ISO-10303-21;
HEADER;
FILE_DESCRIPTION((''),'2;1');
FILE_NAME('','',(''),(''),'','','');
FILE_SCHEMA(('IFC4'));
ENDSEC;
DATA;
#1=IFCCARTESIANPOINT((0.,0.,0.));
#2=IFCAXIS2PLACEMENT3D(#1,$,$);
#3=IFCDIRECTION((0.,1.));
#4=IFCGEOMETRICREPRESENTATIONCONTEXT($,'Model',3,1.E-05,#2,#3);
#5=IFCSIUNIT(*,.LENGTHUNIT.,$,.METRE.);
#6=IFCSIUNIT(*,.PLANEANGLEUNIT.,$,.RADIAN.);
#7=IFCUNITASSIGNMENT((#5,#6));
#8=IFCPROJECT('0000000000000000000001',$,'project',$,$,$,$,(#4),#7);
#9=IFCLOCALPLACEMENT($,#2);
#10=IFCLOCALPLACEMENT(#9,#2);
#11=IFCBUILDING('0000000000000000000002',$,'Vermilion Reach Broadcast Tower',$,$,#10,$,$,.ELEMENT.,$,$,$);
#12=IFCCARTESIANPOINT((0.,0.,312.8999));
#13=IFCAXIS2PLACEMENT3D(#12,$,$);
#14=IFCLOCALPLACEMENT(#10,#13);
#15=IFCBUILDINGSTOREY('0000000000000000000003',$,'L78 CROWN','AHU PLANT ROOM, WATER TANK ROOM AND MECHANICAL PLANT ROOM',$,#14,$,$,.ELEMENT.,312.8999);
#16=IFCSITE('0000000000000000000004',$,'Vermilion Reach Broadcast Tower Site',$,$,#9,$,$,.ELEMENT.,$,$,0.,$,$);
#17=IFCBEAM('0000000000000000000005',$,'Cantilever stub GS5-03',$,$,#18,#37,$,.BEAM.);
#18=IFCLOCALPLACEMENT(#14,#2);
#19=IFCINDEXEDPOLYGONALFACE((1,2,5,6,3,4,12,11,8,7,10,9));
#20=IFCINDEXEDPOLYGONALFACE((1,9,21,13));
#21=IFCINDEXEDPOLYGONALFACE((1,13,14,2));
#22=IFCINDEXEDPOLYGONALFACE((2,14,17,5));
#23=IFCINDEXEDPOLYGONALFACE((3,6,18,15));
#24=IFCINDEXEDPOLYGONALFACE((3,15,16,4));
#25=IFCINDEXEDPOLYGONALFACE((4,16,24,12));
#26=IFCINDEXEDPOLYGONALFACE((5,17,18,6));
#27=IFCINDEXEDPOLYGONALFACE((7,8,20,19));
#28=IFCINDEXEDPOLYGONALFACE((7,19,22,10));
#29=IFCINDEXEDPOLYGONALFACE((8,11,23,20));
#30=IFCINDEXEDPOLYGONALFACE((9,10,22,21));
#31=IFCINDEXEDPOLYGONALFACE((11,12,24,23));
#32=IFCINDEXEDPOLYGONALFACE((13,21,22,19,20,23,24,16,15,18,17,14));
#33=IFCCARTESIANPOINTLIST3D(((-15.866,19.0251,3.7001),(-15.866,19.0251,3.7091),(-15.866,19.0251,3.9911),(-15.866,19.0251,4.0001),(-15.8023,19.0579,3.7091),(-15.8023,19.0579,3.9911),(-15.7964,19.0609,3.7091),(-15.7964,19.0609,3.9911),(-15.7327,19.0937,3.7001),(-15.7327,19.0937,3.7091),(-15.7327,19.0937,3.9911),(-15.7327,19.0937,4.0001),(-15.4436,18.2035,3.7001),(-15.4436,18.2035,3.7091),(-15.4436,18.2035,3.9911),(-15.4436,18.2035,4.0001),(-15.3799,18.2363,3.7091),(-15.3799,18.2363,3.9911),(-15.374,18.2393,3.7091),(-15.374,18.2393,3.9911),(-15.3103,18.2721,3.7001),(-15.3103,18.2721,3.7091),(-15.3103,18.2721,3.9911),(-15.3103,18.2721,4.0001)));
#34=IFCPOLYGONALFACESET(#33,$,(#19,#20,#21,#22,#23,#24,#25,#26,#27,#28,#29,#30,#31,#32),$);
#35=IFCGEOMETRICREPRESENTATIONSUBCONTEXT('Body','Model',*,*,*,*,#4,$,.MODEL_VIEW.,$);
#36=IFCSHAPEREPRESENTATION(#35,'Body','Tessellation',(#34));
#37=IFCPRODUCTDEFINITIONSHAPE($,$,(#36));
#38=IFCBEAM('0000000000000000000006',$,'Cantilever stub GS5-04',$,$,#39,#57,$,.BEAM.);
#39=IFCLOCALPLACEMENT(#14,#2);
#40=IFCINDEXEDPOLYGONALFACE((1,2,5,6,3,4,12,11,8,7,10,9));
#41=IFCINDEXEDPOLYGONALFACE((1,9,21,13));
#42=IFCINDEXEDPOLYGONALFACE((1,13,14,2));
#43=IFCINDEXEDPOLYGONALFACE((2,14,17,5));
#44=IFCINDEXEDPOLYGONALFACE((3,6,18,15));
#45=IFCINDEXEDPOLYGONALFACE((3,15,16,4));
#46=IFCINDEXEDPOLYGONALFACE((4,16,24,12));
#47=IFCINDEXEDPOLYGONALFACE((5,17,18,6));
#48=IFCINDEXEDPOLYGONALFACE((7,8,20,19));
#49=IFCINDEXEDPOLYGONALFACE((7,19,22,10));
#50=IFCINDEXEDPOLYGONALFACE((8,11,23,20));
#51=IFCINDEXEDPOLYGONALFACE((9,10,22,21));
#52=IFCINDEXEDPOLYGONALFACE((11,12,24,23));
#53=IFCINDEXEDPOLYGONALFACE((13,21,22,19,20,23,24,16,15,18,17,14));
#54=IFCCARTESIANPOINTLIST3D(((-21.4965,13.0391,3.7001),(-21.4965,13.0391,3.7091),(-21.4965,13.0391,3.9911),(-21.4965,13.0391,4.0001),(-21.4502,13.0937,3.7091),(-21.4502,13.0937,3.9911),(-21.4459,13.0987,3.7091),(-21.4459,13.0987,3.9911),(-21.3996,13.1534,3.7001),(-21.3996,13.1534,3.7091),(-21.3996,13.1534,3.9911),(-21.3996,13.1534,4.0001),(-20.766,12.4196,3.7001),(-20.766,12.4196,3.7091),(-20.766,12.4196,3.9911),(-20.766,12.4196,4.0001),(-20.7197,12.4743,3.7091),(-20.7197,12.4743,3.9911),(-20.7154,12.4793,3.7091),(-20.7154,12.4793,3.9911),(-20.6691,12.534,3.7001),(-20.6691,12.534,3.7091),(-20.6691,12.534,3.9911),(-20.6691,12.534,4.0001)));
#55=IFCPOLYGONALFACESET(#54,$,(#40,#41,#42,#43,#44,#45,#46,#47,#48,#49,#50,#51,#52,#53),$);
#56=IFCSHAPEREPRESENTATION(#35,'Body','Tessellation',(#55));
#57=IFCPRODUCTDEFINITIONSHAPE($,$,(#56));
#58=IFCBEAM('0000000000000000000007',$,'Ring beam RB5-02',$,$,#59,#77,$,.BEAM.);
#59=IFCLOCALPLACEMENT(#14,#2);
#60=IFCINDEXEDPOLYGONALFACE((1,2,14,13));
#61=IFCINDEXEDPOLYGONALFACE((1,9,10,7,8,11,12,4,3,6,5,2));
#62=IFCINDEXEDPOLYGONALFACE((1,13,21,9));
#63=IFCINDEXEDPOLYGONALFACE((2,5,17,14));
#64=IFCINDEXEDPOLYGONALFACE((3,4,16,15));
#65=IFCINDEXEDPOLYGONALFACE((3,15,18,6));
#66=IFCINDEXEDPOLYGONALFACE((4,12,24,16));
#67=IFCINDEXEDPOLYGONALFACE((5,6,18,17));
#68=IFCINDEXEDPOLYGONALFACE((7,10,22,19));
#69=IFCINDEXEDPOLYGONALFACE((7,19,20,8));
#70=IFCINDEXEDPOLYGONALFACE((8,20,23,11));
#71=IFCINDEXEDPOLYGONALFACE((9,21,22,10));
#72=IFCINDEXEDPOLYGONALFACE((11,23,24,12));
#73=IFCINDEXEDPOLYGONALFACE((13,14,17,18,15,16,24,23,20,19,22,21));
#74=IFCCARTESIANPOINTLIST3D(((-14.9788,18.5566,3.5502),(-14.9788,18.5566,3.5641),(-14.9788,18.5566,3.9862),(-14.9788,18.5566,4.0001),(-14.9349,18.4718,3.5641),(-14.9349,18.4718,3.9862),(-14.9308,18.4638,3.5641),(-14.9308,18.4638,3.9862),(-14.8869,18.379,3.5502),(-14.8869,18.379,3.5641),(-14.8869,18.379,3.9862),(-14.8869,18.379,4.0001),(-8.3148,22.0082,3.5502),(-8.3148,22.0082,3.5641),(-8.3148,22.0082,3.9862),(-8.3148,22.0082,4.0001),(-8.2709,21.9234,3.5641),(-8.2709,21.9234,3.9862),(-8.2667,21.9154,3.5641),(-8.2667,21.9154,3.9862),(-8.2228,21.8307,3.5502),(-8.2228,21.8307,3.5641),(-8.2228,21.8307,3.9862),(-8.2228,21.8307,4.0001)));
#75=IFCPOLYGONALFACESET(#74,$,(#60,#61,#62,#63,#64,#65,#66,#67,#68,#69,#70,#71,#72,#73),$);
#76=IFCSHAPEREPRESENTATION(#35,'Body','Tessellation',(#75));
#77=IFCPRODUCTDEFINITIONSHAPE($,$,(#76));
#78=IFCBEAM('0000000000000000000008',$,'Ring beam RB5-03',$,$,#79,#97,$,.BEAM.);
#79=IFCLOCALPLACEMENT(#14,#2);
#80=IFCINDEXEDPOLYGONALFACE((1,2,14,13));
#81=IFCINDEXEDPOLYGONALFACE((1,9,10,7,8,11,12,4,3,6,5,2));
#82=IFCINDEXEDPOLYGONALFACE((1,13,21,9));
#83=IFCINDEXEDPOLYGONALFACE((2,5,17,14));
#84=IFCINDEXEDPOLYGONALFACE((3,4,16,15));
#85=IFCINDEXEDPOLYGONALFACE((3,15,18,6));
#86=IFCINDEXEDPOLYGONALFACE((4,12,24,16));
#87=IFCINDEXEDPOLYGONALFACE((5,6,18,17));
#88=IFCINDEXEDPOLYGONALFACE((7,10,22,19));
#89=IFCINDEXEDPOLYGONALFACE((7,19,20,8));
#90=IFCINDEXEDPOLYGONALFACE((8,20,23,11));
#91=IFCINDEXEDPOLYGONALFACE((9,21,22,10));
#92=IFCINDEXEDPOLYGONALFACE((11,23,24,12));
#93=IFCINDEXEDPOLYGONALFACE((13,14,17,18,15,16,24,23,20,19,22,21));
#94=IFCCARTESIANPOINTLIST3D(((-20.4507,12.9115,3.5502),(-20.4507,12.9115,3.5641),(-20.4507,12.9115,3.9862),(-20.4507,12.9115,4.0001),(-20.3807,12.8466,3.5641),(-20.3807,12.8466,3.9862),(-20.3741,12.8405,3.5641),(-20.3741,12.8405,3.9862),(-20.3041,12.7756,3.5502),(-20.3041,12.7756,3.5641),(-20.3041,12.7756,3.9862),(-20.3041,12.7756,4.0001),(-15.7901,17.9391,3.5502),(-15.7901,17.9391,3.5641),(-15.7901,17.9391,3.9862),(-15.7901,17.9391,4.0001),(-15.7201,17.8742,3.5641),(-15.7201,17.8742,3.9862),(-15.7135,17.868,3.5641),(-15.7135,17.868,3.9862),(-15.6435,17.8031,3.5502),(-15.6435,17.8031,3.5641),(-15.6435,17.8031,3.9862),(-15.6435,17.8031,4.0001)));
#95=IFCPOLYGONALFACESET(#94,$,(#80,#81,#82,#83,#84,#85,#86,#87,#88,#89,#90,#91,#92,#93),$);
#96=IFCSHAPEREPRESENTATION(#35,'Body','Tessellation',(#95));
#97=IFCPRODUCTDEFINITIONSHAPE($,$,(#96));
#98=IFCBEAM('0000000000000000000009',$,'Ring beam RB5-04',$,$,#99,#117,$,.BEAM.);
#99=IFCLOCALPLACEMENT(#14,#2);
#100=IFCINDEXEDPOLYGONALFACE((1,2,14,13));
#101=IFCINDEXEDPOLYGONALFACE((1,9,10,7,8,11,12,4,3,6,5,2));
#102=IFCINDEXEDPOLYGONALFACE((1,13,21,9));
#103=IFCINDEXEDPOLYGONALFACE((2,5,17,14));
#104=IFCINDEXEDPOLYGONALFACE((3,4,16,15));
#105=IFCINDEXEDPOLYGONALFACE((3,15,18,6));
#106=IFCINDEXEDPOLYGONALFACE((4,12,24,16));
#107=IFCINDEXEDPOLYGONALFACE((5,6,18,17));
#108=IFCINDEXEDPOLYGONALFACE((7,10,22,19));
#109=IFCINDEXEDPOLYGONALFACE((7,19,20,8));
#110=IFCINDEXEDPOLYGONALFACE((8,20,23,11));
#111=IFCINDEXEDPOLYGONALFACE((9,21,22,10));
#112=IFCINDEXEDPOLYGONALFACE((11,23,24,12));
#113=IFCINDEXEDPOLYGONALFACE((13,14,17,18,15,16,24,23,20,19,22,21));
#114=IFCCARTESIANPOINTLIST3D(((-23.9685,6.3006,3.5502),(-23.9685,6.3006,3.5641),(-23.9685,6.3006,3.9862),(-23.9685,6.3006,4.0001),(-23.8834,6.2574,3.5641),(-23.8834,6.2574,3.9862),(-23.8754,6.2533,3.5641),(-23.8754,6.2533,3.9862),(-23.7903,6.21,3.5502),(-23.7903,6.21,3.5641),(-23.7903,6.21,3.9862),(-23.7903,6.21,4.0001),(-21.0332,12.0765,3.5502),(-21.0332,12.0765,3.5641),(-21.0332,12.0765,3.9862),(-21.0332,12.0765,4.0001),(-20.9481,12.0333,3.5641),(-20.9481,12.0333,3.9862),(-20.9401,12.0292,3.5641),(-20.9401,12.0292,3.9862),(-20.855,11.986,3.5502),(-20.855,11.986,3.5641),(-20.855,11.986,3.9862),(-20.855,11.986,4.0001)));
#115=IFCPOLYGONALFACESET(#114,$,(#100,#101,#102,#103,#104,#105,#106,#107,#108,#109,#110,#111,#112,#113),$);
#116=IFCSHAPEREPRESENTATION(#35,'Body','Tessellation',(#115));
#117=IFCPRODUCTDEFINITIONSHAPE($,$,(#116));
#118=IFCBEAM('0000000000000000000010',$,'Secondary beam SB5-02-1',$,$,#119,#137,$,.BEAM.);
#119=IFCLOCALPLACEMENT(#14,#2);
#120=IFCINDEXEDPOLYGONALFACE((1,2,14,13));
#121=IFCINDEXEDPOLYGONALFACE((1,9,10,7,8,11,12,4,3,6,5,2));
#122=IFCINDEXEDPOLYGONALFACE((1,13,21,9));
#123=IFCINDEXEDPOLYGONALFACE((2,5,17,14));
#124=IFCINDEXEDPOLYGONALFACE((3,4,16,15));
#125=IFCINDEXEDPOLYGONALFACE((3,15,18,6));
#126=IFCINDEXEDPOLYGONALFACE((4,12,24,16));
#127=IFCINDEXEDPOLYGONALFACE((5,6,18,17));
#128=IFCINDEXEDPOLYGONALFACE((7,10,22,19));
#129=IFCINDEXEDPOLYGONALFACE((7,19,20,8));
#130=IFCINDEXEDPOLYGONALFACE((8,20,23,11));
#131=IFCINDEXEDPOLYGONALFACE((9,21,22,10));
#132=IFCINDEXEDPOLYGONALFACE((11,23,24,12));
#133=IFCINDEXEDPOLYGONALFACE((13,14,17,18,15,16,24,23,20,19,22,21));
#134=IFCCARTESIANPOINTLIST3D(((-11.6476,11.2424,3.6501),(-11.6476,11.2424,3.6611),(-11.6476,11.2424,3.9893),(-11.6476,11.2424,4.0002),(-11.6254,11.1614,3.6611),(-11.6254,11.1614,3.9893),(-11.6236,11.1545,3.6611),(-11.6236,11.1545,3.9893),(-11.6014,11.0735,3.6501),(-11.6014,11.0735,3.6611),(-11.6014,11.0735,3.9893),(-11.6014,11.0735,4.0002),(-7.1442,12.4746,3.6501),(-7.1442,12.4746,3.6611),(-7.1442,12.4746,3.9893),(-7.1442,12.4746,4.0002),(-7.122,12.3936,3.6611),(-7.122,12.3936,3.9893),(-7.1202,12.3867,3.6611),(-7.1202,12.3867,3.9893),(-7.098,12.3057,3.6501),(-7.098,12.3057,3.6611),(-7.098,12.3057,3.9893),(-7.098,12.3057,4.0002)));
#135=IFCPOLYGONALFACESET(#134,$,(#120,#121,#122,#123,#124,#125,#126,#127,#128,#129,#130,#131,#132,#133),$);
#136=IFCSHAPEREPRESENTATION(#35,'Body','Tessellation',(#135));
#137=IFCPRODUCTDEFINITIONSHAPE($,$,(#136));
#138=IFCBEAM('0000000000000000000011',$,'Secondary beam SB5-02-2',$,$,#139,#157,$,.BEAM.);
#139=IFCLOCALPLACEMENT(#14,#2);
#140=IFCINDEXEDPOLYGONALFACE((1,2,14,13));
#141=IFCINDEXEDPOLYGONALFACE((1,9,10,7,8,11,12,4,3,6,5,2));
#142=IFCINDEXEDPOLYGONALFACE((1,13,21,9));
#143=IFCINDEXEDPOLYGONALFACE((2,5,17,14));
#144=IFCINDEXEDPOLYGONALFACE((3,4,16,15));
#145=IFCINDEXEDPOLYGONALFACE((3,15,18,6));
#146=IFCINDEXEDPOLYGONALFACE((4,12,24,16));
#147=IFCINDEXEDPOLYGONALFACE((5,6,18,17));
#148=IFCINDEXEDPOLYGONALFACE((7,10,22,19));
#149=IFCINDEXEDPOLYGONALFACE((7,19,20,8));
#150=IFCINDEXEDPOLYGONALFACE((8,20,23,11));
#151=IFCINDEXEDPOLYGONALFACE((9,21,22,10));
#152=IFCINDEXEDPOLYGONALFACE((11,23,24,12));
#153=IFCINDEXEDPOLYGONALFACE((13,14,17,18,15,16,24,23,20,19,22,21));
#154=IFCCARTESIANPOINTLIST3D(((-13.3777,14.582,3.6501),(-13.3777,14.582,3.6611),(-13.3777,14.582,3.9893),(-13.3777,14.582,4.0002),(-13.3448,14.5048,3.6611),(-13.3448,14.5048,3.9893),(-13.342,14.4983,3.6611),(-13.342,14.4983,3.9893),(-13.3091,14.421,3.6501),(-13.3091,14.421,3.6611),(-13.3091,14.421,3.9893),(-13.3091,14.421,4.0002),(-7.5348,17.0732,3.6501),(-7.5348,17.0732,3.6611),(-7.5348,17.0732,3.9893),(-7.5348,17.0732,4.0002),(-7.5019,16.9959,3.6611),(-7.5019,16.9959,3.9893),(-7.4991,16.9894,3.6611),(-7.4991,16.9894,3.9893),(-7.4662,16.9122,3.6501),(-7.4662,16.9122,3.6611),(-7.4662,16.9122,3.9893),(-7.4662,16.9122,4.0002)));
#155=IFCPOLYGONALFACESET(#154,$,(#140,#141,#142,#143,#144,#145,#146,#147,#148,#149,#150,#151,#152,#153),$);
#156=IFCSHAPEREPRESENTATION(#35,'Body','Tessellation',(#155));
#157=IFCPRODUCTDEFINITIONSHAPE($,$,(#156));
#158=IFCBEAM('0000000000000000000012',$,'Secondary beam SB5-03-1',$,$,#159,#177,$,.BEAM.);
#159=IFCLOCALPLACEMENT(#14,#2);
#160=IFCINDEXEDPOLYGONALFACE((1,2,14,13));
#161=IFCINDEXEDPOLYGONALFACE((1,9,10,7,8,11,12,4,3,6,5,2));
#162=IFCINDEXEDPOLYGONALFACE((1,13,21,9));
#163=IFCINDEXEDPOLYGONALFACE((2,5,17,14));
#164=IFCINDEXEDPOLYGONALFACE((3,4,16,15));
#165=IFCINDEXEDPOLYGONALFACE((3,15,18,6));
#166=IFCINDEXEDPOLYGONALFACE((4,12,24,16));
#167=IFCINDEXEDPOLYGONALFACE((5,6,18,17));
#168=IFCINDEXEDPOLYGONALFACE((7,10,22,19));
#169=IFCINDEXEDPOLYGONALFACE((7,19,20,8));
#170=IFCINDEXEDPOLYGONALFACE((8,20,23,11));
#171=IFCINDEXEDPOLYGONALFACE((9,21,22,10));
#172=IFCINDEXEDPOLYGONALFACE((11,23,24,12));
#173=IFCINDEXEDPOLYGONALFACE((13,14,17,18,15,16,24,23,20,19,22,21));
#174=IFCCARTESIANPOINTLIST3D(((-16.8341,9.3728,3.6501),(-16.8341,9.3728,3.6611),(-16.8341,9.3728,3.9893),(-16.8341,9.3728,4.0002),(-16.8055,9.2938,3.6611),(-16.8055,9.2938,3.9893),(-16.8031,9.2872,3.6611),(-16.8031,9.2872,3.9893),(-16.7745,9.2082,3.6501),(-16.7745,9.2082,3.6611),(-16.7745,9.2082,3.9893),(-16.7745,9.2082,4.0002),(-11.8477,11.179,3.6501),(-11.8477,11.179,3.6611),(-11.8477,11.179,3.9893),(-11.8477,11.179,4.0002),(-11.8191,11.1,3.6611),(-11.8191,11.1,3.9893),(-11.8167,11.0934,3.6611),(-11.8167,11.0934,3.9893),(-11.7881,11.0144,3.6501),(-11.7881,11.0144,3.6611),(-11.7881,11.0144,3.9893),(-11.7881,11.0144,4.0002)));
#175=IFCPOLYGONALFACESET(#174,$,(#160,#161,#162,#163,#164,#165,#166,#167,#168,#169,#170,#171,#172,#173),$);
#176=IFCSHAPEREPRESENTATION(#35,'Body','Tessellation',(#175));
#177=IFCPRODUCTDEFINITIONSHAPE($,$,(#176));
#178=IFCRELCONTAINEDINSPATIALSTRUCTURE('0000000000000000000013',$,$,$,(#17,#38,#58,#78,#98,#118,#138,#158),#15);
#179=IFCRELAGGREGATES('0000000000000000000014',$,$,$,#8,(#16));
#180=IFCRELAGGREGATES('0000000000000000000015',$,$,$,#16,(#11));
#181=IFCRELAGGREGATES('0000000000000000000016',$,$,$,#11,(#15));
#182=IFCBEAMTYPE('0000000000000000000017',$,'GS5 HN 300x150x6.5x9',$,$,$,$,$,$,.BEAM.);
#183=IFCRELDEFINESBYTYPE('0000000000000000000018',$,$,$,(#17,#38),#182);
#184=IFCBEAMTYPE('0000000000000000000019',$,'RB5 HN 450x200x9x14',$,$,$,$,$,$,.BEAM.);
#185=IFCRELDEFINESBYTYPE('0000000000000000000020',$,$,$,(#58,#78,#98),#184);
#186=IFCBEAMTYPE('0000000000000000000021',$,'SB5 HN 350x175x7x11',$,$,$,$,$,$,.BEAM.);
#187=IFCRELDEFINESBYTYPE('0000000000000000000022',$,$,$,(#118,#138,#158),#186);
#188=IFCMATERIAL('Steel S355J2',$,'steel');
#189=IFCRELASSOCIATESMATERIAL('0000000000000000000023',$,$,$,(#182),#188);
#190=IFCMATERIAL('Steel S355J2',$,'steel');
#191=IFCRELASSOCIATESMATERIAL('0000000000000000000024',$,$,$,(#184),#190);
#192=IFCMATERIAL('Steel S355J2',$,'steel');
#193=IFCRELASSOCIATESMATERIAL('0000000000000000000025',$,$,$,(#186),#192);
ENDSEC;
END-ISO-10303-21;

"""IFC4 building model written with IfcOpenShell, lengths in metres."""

from ifc_helpers import new_model, si_unit, direction, frame, origin, origin_2d, place, context, subcontext, project, spatial, i_section, extrude, material, material_profile, profile_set, type_object, element, save


model = new_model("IFC4")

# Units and contexts
model_context = context("Model", 3, precision=1e-05, world=origin(), true_north=direction((0.0, 1.0)))
body_context = subcontext(model_context, "Body", "Model", "MODEL_VIEW")
ifc_project = project(units=[si_unit("LENGTHUNIT", "METRE"), si_unit("PLANEANGLEUNIT", "RADIAN")], contexts=[model_context])

# Site, building, storey
site_placement = place(None, origin())
site = spatial("IfcSite", under=ifc_project, at=site_placement, Name="Vermilion Reach Broadcast Tower Site", CompositionType="ELEMENT", RefElevation=0.0)
building_placement = place(site_placement, origin())
building = spatial("IfcBuilding", under=site, at=building_placement, Name="Vermilion Reach Broadcast Tower", CompositionType="ELEMENT")
storey_placement = place(building_placement, frame((0.0, 0.0, 312.8999)))
storey = spatial("IfcBuildingStorey", under=building, at=storey_placement, Name="L78 CROWN", Description="AHU PLANT ROOM, WATER TANK ROOM AND MECHANICAL PLANT ROOM", CompositionType="ELEMENT", Elevation=312.8999)

# Beams
ifc_material_1 = material(Name="Steel S355J2", Category="steel")
ifc_material_profile_1 = material_profile(ifc_material_1, i_section(OverallWidth=0.1499, OverallDepth=0.3, WebThickness=0.0066, FlangeThickness=0.009, at=origin_2d()), Name="S355J2 HN 300x150x6.5x9")
ifc_profile_set_1 = profile_set([ifc_material_profile_1], Name="Steel S355J2")
beam_type_1 = type_object("IfcBeamType", Name="GS5 HN 300x150x6.5x9", PredefinedType="BEAM", material=ifc_profile_set_1)
beam_1_placement = place(storey_placement, frame((-15.377, 18.2378, 3.8501), z_axis=(-0.457229, 0.889349, 0.0), x_axis=(-0.889349, -0.457229, 0.0)))
element("IfcBeam", 1, at=beam_1_placement, inside=storey, type_object=beam_type_1, Name="Cantilever stub GS5-03", PredefinedType="BEAM", context=body_context, shape_type="SweptSolid", body=[
    extrude(i_section(OverallWidth=0.1499, OverallDepth=0.3, WebThickness=0.0066, FlangeThickness=0.009, at=origin_2d()), origin(), (0.0, 0.0, 1.0), 0.9238),
])
beam_2_placement = place(storey_placement, frame((-20.7175, 12.4768, 3.8501), z_axis=(-0.762719, 0.64673, 0.0), x_axis=(-0.64673, -0.762719, 0.0)))
element("IfcBeam", 2, at=beam_2_placement, inside=storey, type_object=beam_type_1, Name="Cantilever stub GS5-04", PredefinedType="BEAM", context=body_context, shape_type="SweptSolid", body=[
    extrude(i_section(OverallWidth=0.1499, OverallDepth=0.3, WebThickness=0.0066, FlangeThickness=0.009, at=origin_2d()), origin(), (0.0, 0.0, 1.0), 0.9578),
])
ifc_material_2 = material(Name="Steel S355J2", Category="steel")
ifc_material_profile_2 = material_profile(ifc_material_2, i_section(OverallWidth=0.2, OverallDepth=0.45, WebThickness=0.009, FlangeThickness=0.0139, at=origin_2d()), Name="S355J2 HN 450x200x9x14")
ifc_profile_set_2 = profile_set([ifc_material_profile_2], Name="Steel S355J2")
beam_type_2 = type_object("IfcBeamType", Name="RB5 HN 450x200x9x14", PredefinedType="BEAM", material=ifc_profile_set_2)
beam_3_placement = place(storey_placement, frame((-8.2688, 21.9194, 3.7751), z_axis=(-0.88796, -0.45992, 0.0), x_axis=(0.45992, -0.88796, 0.0)))
element("IfcBeam", 3, at=beam_3_placement, inside=storey, type_object=beam_type_2, Name="Ring beam RB5-02", PredefinedType="BEAM", context=body_context, shape_type="SweptSolid", body=[
    extrude(i_section(OverallWidth=0.2, OverallDepth=0.45, WebThickness=0.009, FlangeThickness=0.0139, at=origin_2d()), origin(), (0.0, 0.0, 1.0), 7.5049),
])
beam_4_placement = place(storey_placement, frame((-15.7168, 17.8711, 3.7751), z_axis=(-0.679838, -0.733363, 0.0), x_axis=(0.733363, -0.679838, 0.0)))
element("IfcBeam", 4, at=beam_4_placement, inside=storey, type_object=beam_type_2, Name="Ring beam RB5-03", PredefinedType="BEAM", context=body_context, shape_type="SweptSolid", body=[
    extrude(i_section(OverallWidth=0.2, OverallDepth=0.45, WebThickness=0.009, FlangeThickness=0.0139, at=origin_2d()), origin(), (0.0, 0.0, 1.0), 6.8555),
])
beam_5_placement = place(storey_placement, frame((-20.9441, 12.0312, 3.7751), z_axis=(-0.453052, -0.891484, 0.0), x_axis=(0.891484, -0.453052, 0.0)))
element("IfcBeam", 5, at=beam_5_placement, inside=storey, type_object=beam_type_2, Name="Ring beam RB5-04", PredefinedType="BEAM", context=body_context, shape_type="SweptSolid", body=[
    extrude(i_section(OverallWidth=0.2, OverallDepth=0.45, WebThickness=0.009, FlangeThickness=0.0139, at=origin_2d()), origin(), (0.0, 0.0, 1.0), 6.479),
])
ifc_material_3 = material(Name="Steel S355J2", Category="steel")
ifc_material_profile_3 = material_profile(ifc_material_3, i_section(OverallWidth=0.175, OverallDepth=0.3501, WebThickness=0.0071, FlangeThickness=0.011, at=origin_2d()), Name="S355J2 HN 350x175x7x11")
ifc_profile_set_3 = profile_set([ifc_material_profile_3], Name="Steel S355J2")
beam_type_3 = type_object("IfcBeamType", Name="SB5 HN 350x175x7x11", PredefinedType="BEAM", material=ifc_profile_set_3)
beam_6_placement = place(storey_placement, frame((-7.1211, 12.3901, 3.8252), z_axis=(-0.964547, -0.263909, 0.0), x_axis=(0.263909, -0.964547, 0.0)))
element("IfcBeam", 6, at=beam_6_placement, inside=storey, type_object=beam_type_3, Name="Secondary beam SB5-02-1", PredefinedType="BEAM", context=body_context, shape_type="SweptSolid", body=[
    extrude(i_section(OverallWidth=0.175, OverallDepth=0.3501, WebThickness=0.0071, FlangeThickness=0.011, at=origin_2d()), origin(), (0.0, 0.0, 1.0), 4.6689),
])
beam_7_placement = place(storey_placement, frame((-7.5005, 16.9927, 3.8252), z_axis=(-0.919881, -0.392198, 0.0), x_axis=(0.392198, -0.919881, 0.0)))
element("IfcBeam", 7, at=beam_7_placement, inside=storey, type_object=beam_type_3, Name="Secondary beam SB5-02-2", PredefinedType="BEAM", context=body_context, shape_type="SweptSolid", body=[
    extrude(i_section(OverallWidth=0.175, OverallDepth=0.3501, WebThickness=0.0071, FlangeThickness=0.011, at=origin_2d()), origin(), (0.0, 0.0, 1.0), 6.3518),
])
beam_8_placement = place(storey_placement, frame((-11.8179, 11.0967, 3.8252), z_axis=(-0.94022, -0.340567, 0.0), x_axis=(0.340567, -0.94022, 0.0)))
element("IfcBeam", 8, at=beam_8_placement, inside=storey, type_object=beam_type_3, Name="Secondary beam SB5-03-1", PredefinedType="BEAM", context=body_context, shape_type="SweptSolid", body=[
    extrude(i_section(OverallWidth=0.175, OverallDepth=0.3501, WebThickness=0.0071, FlangeThickness=0.011, at=origin_2d()), origin(), (0.0, 0.0, 1.0), 5.3035),
])

save(model, "model.ifc")
